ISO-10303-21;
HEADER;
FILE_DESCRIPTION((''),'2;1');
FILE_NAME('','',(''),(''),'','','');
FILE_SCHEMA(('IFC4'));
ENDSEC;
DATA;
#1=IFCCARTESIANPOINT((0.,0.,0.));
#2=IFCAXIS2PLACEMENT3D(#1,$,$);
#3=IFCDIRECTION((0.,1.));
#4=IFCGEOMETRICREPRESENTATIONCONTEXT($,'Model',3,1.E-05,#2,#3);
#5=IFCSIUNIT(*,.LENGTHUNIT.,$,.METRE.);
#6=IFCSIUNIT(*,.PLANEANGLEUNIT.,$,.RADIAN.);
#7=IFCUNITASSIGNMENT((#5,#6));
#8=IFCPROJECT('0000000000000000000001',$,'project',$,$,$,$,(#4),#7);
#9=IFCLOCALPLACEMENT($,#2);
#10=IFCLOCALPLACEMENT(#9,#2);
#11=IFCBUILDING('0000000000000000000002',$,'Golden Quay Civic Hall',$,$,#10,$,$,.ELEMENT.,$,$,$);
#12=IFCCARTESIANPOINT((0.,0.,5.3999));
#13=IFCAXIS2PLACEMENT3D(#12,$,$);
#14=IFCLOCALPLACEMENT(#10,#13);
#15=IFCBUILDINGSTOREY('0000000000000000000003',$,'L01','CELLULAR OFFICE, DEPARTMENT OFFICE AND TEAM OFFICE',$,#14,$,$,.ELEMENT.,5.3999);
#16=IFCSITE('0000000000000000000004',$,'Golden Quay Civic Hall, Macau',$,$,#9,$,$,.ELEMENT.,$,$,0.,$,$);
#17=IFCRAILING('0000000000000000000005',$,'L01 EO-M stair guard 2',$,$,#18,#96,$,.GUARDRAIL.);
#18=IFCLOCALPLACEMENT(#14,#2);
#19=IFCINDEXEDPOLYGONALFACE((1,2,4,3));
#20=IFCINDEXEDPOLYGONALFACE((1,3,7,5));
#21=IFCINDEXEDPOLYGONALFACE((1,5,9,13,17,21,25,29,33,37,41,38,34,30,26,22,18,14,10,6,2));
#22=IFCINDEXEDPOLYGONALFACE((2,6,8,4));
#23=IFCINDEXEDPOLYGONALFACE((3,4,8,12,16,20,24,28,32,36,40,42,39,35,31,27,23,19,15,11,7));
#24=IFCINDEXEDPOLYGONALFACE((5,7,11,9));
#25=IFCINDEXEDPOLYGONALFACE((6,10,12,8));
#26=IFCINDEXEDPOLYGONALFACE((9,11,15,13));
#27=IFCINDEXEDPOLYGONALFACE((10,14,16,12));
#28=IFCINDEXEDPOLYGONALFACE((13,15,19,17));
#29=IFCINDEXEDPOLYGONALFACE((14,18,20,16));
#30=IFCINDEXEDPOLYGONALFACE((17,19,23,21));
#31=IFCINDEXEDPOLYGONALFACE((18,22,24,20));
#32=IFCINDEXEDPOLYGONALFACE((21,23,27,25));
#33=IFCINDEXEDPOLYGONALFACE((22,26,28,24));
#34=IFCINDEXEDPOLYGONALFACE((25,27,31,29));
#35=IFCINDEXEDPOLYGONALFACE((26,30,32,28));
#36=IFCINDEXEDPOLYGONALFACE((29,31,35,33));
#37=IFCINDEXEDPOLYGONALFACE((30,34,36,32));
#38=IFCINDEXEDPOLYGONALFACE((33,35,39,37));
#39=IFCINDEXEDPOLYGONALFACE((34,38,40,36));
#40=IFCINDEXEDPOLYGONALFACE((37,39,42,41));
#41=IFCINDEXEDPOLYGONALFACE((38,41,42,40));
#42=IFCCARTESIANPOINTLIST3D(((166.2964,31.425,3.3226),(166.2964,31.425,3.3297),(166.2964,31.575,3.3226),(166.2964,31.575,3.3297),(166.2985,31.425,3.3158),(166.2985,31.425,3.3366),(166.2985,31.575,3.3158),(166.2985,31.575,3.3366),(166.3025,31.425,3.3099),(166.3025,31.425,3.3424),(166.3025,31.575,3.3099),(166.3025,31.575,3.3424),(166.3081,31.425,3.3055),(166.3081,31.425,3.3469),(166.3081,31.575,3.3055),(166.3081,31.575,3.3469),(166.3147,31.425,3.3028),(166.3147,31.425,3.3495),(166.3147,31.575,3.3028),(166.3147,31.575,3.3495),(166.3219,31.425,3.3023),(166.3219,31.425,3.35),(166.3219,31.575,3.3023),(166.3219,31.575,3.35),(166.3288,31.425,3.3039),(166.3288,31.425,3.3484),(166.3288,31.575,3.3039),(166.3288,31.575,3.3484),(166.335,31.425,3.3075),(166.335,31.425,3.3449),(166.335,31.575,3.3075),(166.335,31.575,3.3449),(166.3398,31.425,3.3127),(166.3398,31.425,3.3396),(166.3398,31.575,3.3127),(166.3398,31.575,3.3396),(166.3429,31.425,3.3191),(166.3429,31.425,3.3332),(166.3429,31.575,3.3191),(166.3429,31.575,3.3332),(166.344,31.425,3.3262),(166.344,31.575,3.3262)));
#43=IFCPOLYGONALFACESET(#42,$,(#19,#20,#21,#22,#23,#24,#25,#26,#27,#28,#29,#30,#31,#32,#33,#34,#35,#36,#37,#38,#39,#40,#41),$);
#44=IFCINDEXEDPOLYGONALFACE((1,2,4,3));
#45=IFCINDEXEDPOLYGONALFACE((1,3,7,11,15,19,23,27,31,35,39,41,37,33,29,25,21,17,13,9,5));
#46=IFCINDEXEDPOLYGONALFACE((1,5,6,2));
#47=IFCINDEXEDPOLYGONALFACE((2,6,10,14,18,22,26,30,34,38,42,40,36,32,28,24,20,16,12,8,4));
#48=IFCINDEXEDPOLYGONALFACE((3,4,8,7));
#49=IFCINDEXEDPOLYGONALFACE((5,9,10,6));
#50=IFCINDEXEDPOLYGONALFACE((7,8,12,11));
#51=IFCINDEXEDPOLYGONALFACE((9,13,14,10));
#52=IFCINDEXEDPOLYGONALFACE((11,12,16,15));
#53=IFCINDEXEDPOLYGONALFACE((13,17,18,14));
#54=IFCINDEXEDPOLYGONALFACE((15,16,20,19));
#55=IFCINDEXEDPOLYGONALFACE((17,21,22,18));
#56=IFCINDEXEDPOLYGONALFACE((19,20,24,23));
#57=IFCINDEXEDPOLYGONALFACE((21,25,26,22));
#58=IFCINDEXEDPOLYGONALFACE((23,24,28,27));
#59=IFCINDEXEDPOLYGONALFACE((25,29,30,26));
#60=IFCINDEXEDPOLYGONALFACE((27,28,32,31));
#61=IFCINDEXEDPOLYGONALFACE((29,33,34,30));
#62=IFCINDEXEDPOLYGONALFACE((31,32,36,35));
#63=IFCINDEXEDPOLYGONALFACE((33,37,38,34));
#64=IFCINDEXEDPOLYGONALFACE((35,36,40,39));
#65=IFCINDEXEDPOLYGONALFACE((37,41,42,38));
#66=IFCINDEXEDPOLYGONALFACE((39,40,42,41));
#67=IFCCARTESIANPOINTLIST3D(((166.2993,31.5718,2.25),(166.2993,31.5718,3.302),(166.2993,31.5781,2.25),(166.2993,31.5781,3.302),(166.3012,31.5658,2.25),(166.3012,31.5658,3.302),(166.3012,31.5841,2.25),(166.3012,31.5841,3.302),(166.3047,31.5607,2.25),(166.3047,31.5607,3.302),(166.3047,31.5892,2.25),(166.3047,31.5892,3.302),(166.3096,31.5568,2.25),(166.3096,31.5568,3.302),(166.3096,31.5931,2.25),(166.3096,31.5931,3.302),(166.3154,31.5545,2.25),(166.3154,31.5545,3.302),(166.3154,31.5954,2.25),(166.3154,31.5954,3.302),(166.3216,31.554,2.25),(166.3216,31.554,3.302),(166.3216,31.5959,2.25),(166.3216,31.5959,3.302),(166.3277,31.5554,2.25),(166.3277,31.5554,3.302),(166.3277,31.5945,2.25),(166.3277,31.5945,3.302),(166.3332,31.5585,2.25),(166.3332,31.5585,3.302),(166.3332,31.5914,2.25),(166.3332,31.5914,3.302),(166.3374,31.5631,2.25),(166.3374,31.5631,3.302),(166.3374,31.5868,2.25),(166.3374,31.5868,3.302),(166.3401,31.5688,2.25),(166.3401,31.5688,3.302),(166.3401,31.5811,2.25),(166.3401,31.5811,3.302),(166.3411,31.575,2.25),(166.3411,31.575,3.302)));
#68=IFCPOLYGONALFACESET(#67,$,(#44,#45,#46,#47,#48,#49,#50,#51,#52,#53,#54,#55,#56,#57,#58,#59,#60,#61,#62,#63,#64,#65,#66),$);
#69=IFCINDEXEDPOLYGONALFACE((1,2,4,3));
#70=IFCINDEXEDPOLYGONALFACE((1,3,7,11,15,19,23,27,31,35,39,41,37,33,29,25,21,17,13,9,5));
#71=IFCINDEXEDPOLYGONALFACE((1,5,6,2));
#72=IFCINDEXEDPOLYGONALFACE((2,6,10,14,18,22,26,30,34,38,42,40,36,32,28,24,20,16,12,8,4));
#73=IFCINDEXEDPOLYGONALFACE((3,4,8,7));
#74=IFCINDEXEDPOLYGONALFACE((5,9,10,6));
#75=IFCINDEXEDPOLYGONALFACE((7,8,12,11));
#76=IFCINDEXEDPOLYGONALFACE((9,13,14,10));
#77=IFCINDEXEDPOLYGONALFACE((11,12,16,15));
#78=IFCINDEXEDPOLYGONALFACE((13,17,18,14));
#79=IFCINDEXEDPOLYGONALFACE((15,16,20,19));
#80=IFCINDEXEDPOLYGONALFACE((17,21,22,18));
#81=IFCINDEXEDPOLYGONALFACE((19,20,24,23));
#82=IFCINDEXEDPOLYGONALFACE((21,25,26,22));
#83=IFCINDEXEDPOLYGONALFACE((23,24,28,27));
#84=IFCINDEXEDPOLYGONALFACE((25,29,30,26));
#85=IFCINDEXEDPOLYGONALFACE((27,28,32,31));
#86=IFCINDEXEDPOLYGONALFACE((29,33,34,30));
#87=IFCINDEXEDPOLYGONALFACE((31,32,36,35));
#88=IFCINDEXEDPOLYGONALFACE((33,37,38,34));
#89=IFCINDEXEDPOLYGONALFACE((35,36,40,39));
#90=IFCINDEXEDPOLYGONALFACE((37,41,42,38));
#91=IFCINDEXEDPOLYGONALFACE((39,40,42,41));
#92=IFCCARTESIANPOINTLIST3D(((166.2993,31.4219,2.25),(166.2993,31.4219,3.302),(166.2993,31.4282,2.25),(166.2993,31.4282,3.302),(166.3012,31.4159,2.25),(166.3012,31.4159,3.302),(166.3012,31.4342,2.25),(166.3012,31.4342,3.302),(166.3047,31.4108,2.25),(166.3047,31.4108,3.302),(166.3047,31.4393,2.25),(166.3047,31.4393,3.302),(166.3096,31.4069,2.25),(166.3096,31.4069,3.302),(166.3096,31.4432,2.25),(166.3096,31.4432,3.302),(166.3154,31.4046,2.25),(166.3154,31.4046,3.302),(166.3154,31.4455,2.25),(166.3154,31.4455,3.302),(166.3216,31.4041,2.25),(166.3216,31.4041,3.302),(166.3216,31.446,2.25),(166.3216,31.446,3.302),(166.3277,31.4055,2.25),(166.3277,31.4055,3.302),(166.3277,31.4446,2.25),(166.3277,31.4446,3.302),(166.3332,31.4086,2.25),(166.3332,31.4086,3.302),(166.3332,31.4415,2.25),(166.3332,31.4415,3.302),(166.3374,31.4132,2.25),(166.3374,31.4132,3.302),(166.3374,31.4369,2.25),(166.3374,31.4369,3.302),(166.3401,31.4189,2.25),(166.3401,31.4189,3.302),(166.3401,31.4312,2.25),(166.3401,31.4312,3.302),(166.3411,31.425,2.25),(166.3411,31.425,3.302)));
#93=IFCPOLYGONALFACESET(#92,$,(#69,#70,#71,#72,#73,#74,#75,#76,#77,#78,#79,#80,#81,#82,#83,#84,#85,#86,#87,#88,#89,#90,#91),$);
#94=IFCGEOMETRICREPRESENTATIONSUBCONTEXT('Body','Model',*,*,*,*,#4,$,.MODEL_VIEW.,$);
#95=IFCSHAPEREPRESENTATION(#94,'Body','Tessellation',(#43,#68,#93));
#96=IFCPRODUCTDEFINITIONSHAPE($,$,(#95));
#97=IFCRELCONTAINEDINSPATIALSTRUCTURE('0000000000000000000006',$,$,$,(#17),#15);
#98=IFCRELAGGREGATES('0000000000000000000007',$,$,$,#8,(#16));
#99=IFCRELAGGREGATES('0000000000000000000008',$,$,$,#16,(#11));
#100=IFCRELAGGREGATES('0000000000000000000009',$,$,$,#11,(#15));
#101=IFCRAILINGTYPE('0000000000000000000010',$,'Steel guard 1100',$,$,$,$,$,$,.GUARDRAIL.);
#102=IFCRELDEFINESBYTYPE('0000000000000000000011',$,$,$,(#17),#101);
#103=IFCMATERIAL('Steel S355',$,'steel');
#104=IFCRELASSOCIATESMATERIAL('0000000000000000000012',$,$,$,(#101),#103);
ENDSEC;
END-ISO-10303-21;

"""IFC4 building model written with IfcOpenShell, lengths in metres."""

from ifc_helpers import new_model, si_unit, direction, frame, origin, origin_2d, place, context, subcontext, project, spatial, circle, extrude, material, type_object, element, save


model = new_model("IFC4")

# Units and contexts
model_context = context("Model", 3, precision=1e-05, world=origin(), true_north=direction((0.0, 1.0)))
body_context = subcontext(model_context, "Body", "Model", "MODEL_VIEW")
ifc_project = project(units=[si_unit("LENGTHUNIT", "METRE"), si_unit("PLANEANGLEUNIT", "RADIAN")], contexts=[model_context])

# Site, building, storey
site_placement = place(None, origin())
site = spatial("IfcSite", under=ifc_project, at=site_placement, Name="Golden Quay Civic Hall, Macau", CompositionType="ELEMENT", RefElevation=0.0)
building_placement = place(site_placement, origin())
building = spatial("IfcBuilding", under=site, at=building_placement, Name="Golden Quay Civic Hall", CompositionType="ELEMENT")
storey_placement = place(building_placement, frame((0.0, 0.0, 5.3999)))
storey = spatial("IfcBuildingStorey", under=building, at=storey_placement, Name="L01", Description="CELLULAR OFFICE, DEPARTMENT OFFICE AND TEAM OFFICE", CompositionType="ELEMENT", Elevation=5.3999)

# Railing
ifc_material_1 = material(Name="Steel S355", Category="steel")
railing_type_1 = type_object("IfcRailingType", Name="Steel guard 1100", PredefinedType="GUARDRAIL", material=ifc_material_1)
railing_1_placement = place(storey_placement, frame((166.3201, 31.575, 2.25)))
element("IfcRailing", 1, at=railing_1_placement, inside=storey, type_object=railing_type_1, Name="L01 EO-M stair guard 2", PredefinedType="GUARDRAIL", context=body_context, shape_type="SweptSolid", body=[
    extrude(circle(Radius=0.0239, at=origin_2d()), frame((0.0, 0.0, 1.0762), z_axis=(0.0, -1.0, 0.0), x_axis=(1.0, 0.0, 0.0)), (0.0, 0.0, 1.0), 0.1499),
    extrude(circle(Radius=0.021, at=origin_2d()), origin(), (0.0, 0.0, 1.0), 1.052),
    extrude(circle(Radius=0.021, at=origin_2d()), frame((0.0, -0.1499, 0.0)), (0.0, 0.0, 1.0), 1.052),
])

save(model, "model.ifc")
